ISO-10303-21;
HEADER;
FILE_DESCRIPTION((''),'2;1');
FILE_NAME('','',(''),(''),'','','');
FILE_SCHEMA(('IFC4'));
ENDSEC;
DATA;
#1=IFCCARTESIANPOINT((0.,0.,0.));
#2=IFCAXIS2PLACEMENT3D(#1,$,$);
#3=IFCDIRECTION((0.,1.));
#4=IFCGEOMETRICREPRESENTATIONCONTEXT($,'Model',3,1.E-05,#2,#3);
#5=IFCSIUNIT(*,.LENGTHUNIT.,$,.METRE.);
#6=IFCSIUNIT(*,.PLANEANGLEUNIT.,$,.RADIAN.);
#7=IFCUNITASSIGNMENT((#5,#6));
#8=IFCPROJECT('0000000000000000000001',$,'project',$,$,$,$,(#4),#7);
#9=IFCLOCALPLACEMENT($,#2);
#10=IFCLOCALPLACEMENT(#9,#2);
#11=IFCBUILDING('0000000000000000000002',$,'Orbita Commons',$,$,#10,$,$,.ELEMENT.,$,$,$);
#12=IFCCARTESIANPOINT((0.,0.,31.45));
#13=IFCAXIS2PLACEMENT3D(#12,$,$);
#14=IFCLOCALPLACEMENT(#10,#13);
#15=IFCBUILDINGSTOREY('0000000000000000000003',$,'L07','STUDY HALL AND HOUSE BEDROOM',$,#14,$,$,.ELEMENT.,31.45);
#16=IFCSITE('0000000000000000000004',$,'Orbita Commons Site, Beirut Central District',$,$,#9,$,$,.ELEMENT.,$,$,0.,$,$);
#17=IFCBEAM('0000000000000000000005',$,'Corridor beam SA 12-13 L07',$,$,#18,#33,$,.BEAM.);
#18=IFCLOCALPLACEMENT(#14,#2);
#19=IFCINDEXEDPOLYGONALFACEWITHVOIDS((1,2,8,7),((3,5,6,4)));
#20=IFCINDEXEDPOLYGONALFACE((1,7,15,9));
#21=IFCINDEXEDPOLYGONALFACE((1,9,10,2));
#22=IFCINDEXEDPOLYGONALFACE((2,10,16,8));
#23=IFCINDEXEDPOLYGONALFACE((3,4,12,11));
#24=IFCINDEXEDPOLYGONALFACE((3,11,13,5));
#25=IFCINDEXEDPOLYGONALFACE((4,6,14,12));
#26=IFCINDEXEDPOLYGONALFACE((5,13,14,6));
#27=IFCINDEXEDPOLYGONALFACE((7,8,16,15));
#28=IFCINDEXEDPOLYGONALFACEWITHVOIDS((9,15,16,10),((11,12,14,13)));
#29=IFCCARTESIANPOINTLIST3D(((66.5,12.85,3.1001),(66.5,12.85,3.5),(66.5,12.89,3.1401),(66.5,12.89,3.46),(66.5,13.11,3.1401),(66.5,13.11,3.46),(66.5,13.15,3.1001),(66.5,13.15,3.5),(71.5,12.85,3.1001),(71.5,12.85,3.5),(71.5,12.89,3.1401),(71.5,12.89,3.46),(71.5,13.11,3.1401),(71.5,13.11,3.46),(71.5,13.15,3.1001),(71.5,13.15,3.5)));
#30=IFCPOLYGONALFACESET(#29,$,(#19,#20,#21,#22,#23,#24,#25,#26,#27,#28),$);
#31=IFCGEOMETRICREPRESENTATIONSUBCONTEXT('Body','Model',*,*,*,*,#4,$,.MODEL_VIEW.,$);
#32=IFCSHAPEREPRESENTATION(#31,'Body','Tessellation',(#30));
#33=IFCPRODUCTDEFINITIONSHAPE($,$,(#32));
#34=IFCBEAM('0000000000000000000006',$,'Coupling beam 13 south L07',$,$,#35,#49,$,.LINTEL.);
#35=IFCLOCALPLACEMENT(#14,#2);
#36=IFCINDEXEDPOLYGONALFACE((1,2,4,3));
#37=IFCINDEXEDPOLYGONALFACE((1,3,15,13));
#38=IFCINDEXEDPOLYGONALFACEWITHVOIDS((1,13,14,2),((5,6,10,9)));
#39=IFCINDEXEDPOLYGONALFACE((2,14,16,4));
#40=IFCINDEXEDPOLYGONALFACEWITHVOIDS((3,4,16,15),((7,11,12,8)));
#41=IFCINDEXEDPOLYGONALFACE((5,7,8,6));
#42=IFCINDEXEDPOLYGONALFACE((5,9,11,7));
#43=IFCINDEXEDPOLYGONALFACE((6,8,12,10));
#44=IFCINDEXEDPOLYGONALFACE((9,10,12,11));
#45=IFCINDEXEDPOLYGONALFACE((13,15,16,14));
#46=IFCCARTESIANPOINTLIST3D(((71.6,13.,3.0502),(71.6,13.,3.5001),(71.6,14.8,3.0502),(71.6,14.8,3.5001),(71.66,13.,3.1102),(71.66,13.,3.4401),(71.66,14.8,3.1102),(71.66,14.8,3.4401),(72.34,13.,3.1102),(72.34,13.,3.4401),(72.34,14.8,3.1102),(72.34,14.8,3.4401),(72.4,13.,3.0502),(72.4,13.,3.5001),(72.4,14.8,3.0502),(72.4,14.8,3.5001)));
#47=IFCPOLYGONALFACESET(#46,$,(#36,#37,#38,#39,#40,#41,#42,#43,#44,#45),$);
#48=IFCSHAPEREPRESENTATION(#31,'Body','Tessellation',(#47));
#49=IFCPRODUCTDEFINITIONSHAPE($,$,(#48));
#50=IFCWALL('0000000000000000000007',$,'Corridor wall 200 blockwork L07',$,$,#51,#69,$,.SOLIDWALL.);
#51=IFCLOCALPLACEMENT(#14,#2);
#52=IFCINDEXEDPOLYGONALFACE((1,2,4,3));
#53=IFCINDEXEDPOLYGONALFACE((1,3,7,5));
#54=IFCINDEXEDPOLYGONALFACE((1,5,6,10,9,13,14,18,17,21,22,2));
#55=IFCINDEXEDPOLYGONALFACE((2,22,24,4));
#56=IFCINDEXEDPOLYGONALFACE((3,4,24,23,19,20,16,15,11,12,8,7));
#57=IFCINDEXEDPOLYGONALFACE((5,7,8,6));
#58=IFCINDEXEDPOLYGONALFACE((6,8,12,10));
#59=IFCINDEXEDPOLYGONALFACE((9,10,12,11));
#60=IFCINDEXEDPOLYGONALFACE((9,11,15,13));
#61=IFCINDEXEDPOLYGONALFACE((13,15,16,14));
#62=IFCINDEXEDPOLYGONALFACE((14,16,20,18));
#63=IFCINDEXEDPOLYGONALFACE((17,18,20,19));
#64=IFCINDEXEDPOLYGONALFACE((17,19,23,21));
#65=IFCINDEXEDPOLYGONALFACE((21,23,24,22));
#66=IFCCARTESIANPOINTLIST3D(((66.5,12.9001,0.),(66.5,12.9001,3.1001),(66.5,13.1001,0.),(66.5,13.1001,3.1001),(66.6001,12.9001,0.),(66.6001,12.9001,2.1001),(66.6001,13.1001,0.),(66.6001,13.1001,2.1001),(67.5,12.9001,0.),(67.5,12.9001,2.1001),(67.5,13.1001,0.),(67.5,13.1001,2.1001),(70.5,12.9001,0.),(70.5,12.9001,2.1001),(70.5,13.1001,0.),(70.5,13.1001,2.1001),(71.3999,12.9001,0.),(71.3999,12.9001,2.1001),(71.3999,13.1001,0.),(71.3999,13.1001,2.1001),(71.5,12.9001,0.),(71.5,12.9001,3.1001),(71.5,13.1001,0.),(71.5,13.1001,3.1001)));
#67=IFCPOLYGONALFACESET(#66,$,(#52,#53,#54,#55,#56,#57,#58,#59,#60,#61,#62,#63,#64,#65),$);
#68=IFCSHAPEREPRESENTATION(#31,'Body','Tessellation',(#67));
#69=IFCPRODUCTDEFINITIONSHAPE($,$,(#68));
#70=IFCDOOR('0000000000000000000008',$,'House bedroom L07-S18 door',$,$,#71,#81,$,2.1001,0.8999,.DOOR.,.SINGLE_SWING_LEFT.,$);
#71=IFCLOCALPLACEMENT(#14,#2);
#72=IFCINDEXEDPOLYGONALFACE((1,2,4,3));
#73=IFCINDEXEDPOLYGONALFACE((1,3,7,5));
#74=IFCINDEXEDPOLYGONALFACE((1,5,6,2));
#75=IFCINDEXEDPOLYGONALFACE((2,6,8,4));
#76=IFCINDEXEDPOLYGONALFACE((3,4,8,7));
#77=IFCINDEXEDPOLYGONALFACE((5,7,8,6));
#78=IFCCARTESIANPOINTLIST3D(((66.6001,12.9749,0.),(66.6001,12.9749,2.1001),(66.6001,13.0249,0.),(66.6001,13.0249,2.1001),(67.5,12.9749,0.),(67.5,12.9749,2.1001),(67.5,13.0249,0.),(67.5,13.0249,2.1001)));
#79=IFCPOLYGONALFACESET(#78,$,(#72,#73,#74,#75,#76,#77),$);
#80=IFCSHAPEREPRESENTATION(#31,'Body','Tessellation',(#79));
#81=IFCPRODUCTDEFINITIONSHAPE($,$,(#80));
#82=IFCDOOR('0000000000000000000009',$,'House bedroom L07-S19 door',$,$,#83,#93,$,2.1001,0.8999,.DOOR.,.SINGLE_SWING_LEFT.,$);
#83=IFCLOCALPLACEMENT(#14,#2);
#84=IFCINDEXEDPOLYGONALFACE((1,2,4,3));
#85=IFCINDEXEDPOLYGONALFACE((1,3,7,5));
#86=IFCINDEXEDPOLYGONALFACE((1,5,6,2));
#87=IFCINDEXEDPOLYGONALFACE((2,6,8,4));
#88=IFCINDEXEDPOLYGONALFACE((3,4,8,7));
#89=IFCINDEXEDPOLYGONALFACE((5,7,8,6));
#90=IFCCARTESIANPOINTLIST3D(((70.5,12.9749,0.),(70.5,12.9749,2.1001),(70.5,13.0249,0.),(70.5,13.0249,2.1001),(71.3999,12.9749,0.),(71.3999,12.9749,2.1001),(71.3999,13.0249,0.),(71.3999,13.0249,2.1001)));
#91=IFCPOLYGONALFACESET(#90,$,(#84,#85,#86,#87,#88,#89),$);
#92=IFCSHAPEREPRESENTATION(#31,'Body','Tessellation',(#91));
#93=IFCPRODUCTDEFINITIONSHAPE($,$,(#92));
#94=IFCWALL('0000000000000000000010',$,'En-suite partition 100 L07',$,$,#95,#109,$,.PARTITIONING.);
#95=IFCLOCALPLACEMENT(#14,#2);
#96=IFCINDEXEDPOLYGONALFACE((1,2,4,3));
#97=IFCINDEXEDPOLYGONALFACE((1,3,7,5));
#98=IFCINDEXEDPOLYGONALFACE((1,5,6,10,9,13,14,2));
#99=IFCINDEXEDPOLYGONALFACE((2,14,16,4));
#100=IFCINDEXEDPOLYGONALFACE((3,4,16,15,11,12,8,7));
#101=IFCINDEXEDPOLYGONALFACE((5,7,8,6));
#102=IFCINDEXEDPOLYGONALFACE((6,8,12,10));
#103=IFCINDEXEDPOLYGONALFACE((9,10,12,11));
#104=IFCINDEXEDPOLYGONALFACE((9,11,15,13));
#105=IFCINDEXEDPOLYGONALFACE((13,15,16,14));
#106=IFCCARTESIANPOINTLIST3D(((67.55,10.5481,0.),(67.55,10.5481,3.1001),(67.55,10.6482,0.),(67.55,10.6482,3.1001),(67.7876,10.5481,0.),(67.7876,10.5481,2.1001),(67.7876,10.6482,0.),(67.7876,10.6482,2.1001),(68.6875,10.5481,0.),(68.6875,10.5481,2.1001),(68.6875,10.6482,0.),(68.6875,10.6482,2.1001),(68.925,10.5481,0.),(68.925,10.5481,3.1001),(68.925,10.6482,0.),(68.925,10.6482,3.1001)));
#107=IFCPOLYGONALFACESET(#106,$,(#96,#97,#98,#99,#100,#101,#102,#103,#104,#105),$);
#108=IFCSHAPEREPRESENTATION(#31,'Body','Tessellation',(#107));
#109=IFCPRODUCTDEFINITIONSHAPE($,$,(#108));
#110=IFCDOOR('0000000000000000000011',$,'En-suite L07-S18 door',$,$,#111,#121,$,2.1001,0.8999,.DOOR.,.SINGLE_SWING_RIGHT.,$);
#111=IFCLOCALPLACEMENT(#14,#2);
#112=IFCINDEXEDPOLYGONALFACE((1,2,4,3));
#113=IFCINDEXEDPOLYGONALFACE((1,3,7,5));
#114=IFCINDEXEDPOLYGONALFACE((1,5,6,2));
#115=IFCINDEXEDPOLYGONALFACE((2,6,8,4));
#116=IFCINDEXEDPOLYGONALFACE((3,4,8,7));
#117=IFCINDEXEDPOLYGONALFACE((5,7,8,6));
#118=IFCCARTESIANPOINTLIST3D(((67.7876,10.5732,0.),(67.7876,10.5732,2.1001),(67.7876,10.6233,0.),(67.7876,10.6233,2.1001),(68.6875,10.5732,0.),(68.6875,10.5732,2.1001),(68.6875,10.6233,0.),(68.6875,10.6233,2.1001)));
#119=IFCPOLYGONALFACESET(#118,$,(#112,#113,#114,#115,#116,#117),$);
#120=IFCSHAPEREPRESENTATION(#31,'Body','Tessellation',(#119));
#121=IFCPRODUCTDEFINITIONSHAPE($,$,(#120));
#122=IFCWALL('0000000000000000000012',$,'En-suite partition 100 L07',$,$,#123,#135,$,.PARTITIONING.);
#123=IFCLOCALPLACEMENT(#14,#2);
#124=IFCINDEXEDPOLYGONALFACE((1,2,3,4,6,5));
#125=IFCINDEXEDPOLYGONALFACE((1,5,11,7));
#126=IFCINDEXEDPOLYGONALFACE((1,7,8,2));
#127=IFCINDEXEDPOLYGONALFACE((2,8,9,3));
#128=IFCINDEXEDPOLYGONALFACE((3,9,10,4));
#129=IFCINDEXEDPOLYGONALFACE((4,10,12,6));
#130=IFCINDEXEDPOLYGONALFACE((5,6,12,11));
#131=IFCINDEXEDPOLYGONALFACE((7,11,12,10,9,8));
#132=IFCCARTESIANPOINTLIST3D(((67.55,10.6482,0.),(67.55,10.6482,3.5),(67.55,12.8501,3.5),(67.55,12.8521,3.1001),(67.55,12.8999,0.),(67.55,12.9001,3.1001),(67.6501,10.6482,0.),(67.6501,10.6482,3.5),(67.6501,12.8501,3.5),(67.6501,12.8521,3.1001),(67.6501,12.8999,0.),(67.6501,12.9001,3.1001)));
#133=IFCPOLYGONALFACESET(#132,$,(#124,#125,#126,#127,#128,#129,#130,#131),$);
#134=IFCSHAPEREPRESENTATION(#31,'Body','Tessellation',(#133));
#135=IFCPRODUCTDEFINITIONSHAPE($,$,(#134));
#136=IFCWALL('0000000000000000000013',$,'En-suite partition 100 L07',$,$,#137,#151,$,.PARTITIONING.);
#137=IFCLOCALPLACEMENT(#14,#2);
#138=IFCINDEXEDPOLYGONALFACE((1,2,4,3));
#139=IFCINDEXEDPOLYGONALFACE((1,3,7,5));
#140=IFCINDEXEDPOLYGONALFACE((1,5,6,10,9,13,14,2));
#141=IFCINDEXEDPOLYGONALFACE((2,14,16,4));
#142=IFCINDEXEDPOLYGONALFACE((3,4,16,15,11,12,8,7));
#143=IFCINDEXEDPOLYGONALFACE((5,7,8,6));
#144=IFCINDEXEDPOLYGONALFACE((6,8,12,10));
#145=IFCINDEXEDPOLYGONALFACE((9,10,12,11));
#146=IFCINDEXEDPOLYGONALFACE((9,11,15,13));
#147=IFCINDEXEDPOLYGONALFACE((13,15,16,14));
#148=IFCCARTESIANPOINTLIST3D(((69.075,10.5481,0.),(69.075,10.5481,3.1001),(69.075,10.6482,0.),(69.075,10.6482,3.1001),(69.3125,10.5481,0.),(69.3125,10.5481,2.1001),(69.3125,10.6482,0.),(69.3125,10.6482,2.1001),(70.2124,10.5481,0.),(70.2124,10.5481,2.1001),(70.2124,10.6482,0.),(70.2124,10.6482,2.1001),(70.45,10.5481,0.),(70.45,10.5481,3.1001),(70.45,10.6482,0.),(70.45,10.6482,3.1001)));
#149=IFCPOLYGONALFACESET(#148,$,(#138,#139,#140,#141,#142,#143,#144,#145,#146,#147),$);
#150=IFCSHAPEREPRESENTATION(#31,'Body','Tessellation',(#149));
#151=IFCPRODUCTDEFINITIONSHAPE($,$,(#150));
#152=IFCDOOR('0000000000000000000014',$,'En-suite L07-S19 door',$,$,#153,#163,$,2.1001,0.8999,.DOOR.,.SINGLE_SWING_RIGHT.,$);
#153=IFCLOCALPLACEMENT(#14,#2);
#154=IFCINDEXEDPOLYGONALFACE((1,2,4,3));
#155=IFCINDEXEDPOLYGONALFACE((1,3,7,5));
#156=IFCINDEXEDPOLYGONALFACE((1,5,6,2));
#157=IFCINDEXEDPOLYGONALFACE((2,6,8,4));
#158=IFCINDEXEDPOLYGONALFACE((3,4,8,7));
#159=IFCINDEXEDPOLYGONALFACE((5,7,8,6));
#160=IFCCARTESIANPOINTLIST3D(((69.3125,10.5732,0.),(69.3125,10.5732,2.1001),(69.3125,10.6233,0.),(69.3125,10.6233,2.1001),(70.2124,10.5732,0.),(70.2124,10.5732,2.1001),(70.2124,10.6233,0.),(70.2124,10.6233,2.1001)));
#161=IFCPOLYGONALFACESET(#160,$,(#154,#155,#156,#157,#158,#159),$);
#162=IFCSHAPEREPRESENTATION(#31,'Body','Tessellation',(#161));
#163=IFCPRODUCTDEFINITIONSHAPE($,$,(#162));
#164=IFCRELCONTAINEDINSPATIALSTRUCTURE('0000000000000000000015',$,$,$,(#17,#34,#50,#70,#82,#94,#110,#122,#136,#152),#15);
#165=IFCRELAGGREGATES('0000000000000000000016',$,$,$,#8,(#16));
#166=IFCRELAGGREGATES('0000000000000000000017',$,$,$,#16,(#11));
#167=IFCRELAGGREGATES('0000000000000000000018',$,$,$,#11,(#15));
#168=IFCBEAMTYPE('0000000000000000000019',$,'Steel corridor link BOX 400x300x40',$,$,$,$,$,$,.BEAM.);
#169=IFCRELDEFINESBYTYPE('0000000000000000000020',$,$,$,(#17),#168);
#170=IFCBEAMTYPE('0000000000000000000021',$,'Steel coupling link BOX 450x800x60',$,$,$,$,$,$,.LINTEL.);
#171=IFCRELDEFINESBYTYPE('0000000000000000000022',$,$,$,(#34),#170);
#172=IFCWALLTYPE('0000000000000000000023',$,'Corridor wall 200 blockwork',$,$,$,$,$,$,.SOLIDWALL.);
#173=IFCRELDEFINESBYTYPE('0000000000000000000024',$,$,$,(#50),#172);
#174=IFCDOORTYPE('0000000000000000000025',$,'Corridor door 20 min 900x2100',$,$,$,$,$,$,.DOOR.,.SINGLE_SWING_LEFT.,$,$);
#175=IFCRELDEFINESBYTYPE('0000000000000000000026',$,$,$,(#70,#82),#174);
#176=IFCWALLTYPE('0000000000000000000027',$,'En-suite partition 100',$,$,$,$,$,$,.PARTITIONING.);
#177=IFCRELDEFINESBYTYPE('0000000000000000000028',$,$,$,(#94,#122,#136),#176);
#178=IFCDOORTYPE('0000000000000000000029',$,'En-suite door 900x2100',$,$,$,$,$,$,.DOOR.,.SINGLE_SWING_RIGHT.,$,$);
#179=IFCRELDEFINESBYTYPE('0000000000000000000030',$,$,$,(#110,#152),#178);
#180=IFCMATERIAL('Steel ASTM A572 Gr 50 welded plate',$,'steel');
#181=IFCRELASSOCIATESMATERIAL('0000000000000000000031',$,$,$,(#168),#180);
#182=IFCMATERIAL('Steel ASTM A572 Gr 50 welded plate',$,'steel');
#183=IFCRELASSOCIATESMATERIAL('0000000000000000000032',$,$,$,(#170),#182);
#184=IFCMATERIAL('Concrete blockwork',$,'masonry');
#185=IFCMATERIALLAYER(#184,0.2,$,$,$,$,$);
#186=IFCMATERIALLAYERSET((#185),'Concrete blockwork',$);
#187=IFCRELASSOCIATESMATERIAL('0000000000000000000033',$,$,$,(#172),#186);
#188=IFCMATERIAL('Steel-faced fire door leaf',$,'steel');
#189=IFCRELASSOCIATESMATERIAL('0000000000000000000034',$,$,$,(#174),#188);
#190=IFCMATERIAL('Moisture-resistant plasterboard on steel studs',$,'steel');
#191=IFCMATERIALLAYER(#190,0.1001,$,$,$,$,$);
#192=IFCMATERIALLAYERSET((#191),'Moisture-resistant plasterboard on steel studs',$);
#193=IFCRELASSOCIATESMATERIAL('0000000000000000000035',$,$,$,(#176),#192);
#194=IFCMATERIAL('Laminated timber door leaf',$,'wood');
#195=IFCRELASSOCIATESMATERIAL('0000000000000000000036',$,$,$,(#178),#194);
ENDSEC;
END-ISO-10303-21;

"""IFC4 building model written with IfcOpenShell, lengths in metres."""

from ifc_helpers import new_model, si_unit, direction, frame, frame_2d, origin, origin_2d, place, context, subcontext, project, spatial, polyline, rectangle, hollow_rectangle, outline, extrude, material, layer, layer_set, material_profile, profile_set, type_object, element, fill, save


model = new_model("IFC4")

# Units and contexts
model_context = context("Model", 3, precision=1e-05, world=origin(), true_north=direction((0.0, 1.0)))
body_context = subcontext(model_context, "Body", "Model", "MODEL_VIEW")
ifc_project = project(units=[si_unit("LENGTHUNIT", "METRE"), si_unit("PLANEANGLEUNIT", "RADIAN")], contexts=[model_context])

# Site, building, storey
site_placement = place(None, origin())
site = spatial("IfcSite", under=ifc_project, at=site_placement, Name="Orbita Commons Site, Beirut Central District", CompositionType="ELEMENT", RefElevation=0.0)
building_placement = place(site_placement, origin())
building = spatial("IfcBuilding", under=site, at=building_placement, Name="Orbita Commons", CompositionType="ELEMENT")
storey_placement = place(building_placement, frame((0.0, 0.0, 31.45)))
storey = spatial("IfcBuildingStorey", under=building, at=storey_placement, Name="L07", Description="STUDY HALL AND HOUSE BEDROOM", CompositionType="ELEMENT", Elevation=31.45)

# Beams
ifc_material_1 = material(Name="Steel ASTM A572 Gr 50 welded plate", Category="steel")
ifc_material_profile_1 = material_profile(ifc_material_1, hollow_rectangle(XDim=0.3, YDim=0.3999, WallThickness=0.04, at=origin_2d()), Name="BOX 400x300x40")
ifc_profile_set_1 = profile_set([ifc_material_profile_1], Name="Steel ASTM A572 Gr 50 welded plate")
beam_type_1 = type_object("IfcBeamType", Name="Steel corridor link BOX 400x300x40", PredefinedType="BEAM", material=ifc_profile_set_1)
beam_1_placement = place(storey_placement, frame((66.5, 13.0, 3.3), z_axis=(1.0, 0.0, 0.0), x_axis=(0.0, 1.0, 0.0)))
element("IfcBeam", 1, at=beam_1_placement, inside=storey, type_object=beam_type_1, Name="Corridor beam SA 12-13 L07", PredefinedType="BEAM", context=body_context, shape_type="SweptSolid", body=[
    extrude(hollow_rectangle(XDim=0.3, YDim=0.3999, WallThickness=0.04, at=origin_2d()), origin(), (0.0, 0.0, 1.0), 5.0),
])
ifc_material_2 = material(Name="Steel ASTM A572 Gr 50 welded plate", Category="steel")
ifc_material_profile_2 = material_profile(ifc_material_2, hollow_rectangle(XDim=0.8, YDim=0.45, WallThickness=0.0601, at=origin_2d()), Name="BOX 450x800x60")
ifc_profile_set_2 = profile_set([ifc_material_profile_2], Name="Steel ASTM A572 Gr 50 welded plate")
beam_type_2 = type_object("IfcBeamType", Name="Steel coupling link BOX 450x800x60", PredefinedType="LINTEL", material=ifc_profile_set_2)
beam_2_placement = place(storey_placement, frame((72.0, 13.0, 3.2751), z_axis=(0.0, 1.0, 0.0), x_axis=(-1.0, 0.0, 0.0)))
element("IfcBeam", 2, at=beam_2_placement, inside=storey, type_object=beam_type_2, Name="Coupling beam 13 south L07", PredefinedType="LINTEL", context=body_context, shape_type="SweptSolid", body=[
    extrude(hollow_rectangle(XDim=0.8, YDim=0.45, WallThickness=0.0601, at=origin_2d()), origin(), (0.0, 0.0, 1.0), 1.8),
])

# Wall, openings, doors
ifc_material_3 = material(Name="Concrete blockwork", Category="masonry")
ifc_layer_1 = layer(ifc_material_3, 0.2)
ifc_layer_set_1 = layer_set([ifc_layer_1], Name="Concrete blockwork")
wall_type_1 = type_object("IfcWallType", Name="Corridor wall 200 blockwork", PredefinedType="SOLIDWALL", material=ifc_layer_set_1)
wall_1_placement = place(storey_placement, frame((66.5, 13.0, 0.0), z_axis=(0.0, 0.0, 1.0), x_axis=(1.0, 0.0, 0.0)))
wall_1 = element("IfcWall", 3, at=wall_1_placement, inside=storey, type_object=wall_type_1, Name="Corridor wall 200 blockwork L07", PredefinedType="SOLIDWALL", context=body_context, shape_type="SweptSolid", body=[
    extrude(outline(polyline([(0.0, 0.0), (5.0, 0.0), (5.0, 3.1001), (0.0, 3.1001), (0.0, 0.0)])), frame((0.0, 0.1001, 0.0), z_axis=(0.0, -1.0, 0.0), x_axis=(1.0, 0.0, 0.0)), (0.0, 0.0, 1.0), 0.2),
])
opening_1_placement = place(wall_1_placement, frame((0.1001, 0.0, 0.0)))
opening_1 = element("IfcOpeningElement", 4, at=opening_1_placement, cuts=wall_1, PredefinedType="OPENING", context=body_context, shape_type="SweptSolid", body=[
    extrude(rectangle(XDim=0.8999, YDim=2.1001, at=frame_2d((0.45, 1.05))), frame((0.0, 0.1099, 0.0), z_axis=(0.0, -1.0, 0.0), x_axis=(1.0, 0.0, 0.0)), (0.0, 0.0, 1.0), 0.22),
])
opening_2_placement = place(wall_1_placement, frame((4.0, 0.0, 0.0)))
opening_2 = element("IfcOpeningElement", 5, at=opening_2_placement, cuts=wall_1, PredefinedType="OPENING", context=body_context, shape_type="SweptSolid", body=[
    extrude(rectangle(XDim=0.8999, YDim=2.1001, at=frame_2d((0.45, 1.05))), frame((0.0, 0.1099, 0.0), z_axis=(0.0, -1.0, 0.0), x_axis=(1.0, 0.0, 0.0)), (0.0, 0.0, 1.0), 0.22),
])
ifc_material_4 = material(Name="Steel-faced fire door leaf", Category="steel")
door_type_1 = type_object("IfcDoorType", Name="Corridor door 20 min 900x2100", OperationType="SINGLE_SWING_LEFT", PredefinedType="DOOR", material=ifc_material_4)
door_1_placement = place(opening_1_placement, origin())
door_1 = element("IfcDoor", 6, at=door_1_placement, inside=storey, type_object=door_type_1, Name="House bedroom L07-S18 door", OperationType="SINGLE_SWING_LEFT", OverallHeight=2.1001, OverallWidth=0.8999, PredefinedType="DOOR", context=body_context, shape_type="SweptSolid", body=[
    extrude(rectangle(XDim=0.8999, YDim=2.1001, at=frame_2d((0.45, 1.05))), frame((0.0, 0.0249, 0.0), z_axis=(0.0, -1.0, 0.0), x_axis=(1.0, 0.0, 0.0)), (0.0, 0.0, 1.0), 0.05),
])
fill(opening_1, door_1)
door_2_placement = place(opening_2_placement, origin())
door_2 = element("IfcDoor", 7, at=door_2_placement, inside=storey, type_object=door_type_1, Name="House bedroom L07-S19 door", OperationType="SINGLE_SWING_LEFT", OverallHeight=2.1001, OverallWidth=0.8999, PredefinedType="DOOR", context=body_context, shape_type="SweptSolid", body=[
    extrude(rectangle(XDim=0.8999, YDim=2.1001, at=frame_2d((0.45, 1.05))), frame((0.0, 0.0249, 0.0), z_axis=(0.0, -1.0, 0.0), x_axis=(1.0, 0.0, 0.0)), (0.0, 0.0, 1.0), 0.05),
])
fill(opening_2, door_2)

# Wall, opening, door
ifc_material_5 = material(Name="Moisture-resistant plasterboard on steel studs", Category="steel")
ifc_layer_2 = layer(ifc_material_5, 0.1001)
ifc_layer_set_2 = layer_set([ifc_layer_2], Name="Moisture-resistant plasterboard on steel studs")
wall_type_2 = type_object("IfcWallType", Name="En-suite partition 100", PredefinedType="PARTITIONING", material=ifc_layer_set_2)
wall_2_placement = place(storey_placement, frame((68.925, 10.5981, 0.0), z_axis=(0.0, 0.0, 1.0), x_axis=(-1.0, 0.0, 0.0)))
wall_2 = element("IfcWall", 8, at=wall_2_placement, inside=storey, type_object=wall_type_2, Name="En-suite partition 100 L07", PredefinedType="PARTITIONING", context=body_context, shape_type="SweptSolid", body=[
    extrude(outline(polyline([(0.0, 0.0), (1.375, 0.0), (1.375, 3.1001), (0.0, 3.1001), (0.0, 0.0)])), frame((0.0, 0.05, 0.0), z_axis=(0.0, -1.0, 0.0), x_axis=(1.0, 0.0, 0.0)), (0.0, 0.0, 1.0), 0.1001),
])
opening_3_placement = place(wall_2_placement, frame((0.2375, 0.0, 0.0)))
opening_3 = element("IfcOpeningElement", 9, at=opening_3_placement, cuts=wall_2, PredefinedType="OPENING", context=body_context, shape_type="SweptSolid", body=[
    extrude(rectangle(XDim=0.8999, YDim=2.1001, at=frame_2d((0.45, 1.05))), frame((0.0, 0.0601, 0.0), z_axis=(0.0, -1.0, 0.0), x_axis=(1.0, 0.0, 0.0)), (0.0, 0.0, 1.0), 0.1201),
])
ifc_material_6 = material(Name="Laminated timber door leaf", Category="wood")
door_type_2 = type_object("IfcDoorType", Name="En-suite door 900x2100", OperationType="SINGLE_SWING_RIGHT", PredefinedType="DOOR", material=ifc_material_6)
door_3_placement = place(opening_3_placement, origin())
door_3 = element("IfcDoor", 10, at=door_3_placement, inside=storey, type_object=door_type_2, Name="En-suite L07-S18 door", OperationType="SINGLE_SWING_RIGHT", OverallHeight=2.1001, OverallWidth=0.8999, PredefinedType="DOOR", context=body_context, shape_type="SweptSolid", body=[
    extrude(rectangle(XDim=0.8999, YDim=2.1001, at=frame_2d((0.45, 1.05))), frame((0.0, 0.0249, 0.0), z_axis=(0.0, -1.0, 0.0), x_axis=(1.0, 0.0, 0.0)), (0.0, 0.0, 1.0), 0.05),
])
fill(opening_3, door_3)

# Wall
wall_3_placement = place(storey_placement, frame((67.6001, 10.6482, 0.0), z_axis=(0.0, 0.0, 1.0), x_axis=(0.0, 1.0, 0.0)))
element("IfcWall", 11, at=wall_3_placement, inside=storey, type_object=wall_type_2, Name="En-suite partition 100 L07", PredefinedType="PARTITIONING", context=body_context, shape_type="SweptSolid", body=[
    extrude(outline(polyline([(0.0, 0.0), (2.2517, 0.0), (2.252, 3.1001), (2.2039, 3.1001), (2.2019, 3.5), (0.0, 3.5), (0.0, 0.0)])), frame((0.0, 0.05, 0.0), z_axis=(0.0, -1.0, 0.0), x_axis=(1.0, 0.0, 0.0)), (0.0, 0.0, 1.0), 0.1001),
])

# Wall, opening, door
wall_4_placement = place(storey_placement, frame((70.45, 10.5981, 0.0), z_axis=(0.0, 0.0, 1.0), x_axis=(-1.0, 0.0, 0.0)))
wall_4 = element("IfcWall", 12, at=wall_4_placement, inside=storey, type_object=wall_type_2, Name="En-suite partition 100 L07", PredefinedType="PARTITIONING", context=body_context, shape_type="SweptSolid", body=[
    extrude(outline(polyline([(0.0, 0.0), (1.375, 0.0), (1.375, 3.1001), (0.0, 3.1001), (0.0, 0.0)])), frame((0.0, 0.05, 0.0), z_axis=(0.0, -1.0, 0.0), x_axis=(1.0, 0.0, 0.0)), (0.0, 0.0, 1.0), 0.1001),
])
opening_4_placement = place(wall_4_placement, frame((0.2375, 0.0, 0.0)))
opening_4 = element("IfcOpeningElement", 13, at=opening_4_placement, cuts=wall_4, PredefinedType="OPENING", context=body_context, shape_type="SweptSolid", body=[
    extrude(rectangle(XDim=0.8999, YDim=2.1001, at=frame_2d((0.45, 1.05))), frame((0.0, 0.0601, 0.0), z_axis=(0.0, -1.0, 0.0), x_axis=(1.0, 0.0, 0.0)), (0.0, 0.0, 1.0), 0.1201),
])
door_4_placement = place(opening_4_placement, origin())
door_4 = element("IfcDoor", 14, at=door_4_placement, inside=storey, type_object=door_type_2, Name="En-suite L07-S19 door", OperationType="SINGLE_SWING_RIGHT", OverallHeight=2.1001, OverallWidth=0.8999, PredefinedType="DOOR", context=body_context, shape_type="SweptSolid", body=[
    extrude(rectangle(XDim=0.8999, YDim=2.1001, at=frame_2d((0.45, 1.05))), frame((0.0, 0.0249, 0.0), z_axis=(0.0, -1.0, 0.0), x_axis=(1.0, 0.0, 0.0)), (0.0, 0.0, 1.0), 0.05),
])
fill(opening_4, door_4)

save(model, "model.ifc")
